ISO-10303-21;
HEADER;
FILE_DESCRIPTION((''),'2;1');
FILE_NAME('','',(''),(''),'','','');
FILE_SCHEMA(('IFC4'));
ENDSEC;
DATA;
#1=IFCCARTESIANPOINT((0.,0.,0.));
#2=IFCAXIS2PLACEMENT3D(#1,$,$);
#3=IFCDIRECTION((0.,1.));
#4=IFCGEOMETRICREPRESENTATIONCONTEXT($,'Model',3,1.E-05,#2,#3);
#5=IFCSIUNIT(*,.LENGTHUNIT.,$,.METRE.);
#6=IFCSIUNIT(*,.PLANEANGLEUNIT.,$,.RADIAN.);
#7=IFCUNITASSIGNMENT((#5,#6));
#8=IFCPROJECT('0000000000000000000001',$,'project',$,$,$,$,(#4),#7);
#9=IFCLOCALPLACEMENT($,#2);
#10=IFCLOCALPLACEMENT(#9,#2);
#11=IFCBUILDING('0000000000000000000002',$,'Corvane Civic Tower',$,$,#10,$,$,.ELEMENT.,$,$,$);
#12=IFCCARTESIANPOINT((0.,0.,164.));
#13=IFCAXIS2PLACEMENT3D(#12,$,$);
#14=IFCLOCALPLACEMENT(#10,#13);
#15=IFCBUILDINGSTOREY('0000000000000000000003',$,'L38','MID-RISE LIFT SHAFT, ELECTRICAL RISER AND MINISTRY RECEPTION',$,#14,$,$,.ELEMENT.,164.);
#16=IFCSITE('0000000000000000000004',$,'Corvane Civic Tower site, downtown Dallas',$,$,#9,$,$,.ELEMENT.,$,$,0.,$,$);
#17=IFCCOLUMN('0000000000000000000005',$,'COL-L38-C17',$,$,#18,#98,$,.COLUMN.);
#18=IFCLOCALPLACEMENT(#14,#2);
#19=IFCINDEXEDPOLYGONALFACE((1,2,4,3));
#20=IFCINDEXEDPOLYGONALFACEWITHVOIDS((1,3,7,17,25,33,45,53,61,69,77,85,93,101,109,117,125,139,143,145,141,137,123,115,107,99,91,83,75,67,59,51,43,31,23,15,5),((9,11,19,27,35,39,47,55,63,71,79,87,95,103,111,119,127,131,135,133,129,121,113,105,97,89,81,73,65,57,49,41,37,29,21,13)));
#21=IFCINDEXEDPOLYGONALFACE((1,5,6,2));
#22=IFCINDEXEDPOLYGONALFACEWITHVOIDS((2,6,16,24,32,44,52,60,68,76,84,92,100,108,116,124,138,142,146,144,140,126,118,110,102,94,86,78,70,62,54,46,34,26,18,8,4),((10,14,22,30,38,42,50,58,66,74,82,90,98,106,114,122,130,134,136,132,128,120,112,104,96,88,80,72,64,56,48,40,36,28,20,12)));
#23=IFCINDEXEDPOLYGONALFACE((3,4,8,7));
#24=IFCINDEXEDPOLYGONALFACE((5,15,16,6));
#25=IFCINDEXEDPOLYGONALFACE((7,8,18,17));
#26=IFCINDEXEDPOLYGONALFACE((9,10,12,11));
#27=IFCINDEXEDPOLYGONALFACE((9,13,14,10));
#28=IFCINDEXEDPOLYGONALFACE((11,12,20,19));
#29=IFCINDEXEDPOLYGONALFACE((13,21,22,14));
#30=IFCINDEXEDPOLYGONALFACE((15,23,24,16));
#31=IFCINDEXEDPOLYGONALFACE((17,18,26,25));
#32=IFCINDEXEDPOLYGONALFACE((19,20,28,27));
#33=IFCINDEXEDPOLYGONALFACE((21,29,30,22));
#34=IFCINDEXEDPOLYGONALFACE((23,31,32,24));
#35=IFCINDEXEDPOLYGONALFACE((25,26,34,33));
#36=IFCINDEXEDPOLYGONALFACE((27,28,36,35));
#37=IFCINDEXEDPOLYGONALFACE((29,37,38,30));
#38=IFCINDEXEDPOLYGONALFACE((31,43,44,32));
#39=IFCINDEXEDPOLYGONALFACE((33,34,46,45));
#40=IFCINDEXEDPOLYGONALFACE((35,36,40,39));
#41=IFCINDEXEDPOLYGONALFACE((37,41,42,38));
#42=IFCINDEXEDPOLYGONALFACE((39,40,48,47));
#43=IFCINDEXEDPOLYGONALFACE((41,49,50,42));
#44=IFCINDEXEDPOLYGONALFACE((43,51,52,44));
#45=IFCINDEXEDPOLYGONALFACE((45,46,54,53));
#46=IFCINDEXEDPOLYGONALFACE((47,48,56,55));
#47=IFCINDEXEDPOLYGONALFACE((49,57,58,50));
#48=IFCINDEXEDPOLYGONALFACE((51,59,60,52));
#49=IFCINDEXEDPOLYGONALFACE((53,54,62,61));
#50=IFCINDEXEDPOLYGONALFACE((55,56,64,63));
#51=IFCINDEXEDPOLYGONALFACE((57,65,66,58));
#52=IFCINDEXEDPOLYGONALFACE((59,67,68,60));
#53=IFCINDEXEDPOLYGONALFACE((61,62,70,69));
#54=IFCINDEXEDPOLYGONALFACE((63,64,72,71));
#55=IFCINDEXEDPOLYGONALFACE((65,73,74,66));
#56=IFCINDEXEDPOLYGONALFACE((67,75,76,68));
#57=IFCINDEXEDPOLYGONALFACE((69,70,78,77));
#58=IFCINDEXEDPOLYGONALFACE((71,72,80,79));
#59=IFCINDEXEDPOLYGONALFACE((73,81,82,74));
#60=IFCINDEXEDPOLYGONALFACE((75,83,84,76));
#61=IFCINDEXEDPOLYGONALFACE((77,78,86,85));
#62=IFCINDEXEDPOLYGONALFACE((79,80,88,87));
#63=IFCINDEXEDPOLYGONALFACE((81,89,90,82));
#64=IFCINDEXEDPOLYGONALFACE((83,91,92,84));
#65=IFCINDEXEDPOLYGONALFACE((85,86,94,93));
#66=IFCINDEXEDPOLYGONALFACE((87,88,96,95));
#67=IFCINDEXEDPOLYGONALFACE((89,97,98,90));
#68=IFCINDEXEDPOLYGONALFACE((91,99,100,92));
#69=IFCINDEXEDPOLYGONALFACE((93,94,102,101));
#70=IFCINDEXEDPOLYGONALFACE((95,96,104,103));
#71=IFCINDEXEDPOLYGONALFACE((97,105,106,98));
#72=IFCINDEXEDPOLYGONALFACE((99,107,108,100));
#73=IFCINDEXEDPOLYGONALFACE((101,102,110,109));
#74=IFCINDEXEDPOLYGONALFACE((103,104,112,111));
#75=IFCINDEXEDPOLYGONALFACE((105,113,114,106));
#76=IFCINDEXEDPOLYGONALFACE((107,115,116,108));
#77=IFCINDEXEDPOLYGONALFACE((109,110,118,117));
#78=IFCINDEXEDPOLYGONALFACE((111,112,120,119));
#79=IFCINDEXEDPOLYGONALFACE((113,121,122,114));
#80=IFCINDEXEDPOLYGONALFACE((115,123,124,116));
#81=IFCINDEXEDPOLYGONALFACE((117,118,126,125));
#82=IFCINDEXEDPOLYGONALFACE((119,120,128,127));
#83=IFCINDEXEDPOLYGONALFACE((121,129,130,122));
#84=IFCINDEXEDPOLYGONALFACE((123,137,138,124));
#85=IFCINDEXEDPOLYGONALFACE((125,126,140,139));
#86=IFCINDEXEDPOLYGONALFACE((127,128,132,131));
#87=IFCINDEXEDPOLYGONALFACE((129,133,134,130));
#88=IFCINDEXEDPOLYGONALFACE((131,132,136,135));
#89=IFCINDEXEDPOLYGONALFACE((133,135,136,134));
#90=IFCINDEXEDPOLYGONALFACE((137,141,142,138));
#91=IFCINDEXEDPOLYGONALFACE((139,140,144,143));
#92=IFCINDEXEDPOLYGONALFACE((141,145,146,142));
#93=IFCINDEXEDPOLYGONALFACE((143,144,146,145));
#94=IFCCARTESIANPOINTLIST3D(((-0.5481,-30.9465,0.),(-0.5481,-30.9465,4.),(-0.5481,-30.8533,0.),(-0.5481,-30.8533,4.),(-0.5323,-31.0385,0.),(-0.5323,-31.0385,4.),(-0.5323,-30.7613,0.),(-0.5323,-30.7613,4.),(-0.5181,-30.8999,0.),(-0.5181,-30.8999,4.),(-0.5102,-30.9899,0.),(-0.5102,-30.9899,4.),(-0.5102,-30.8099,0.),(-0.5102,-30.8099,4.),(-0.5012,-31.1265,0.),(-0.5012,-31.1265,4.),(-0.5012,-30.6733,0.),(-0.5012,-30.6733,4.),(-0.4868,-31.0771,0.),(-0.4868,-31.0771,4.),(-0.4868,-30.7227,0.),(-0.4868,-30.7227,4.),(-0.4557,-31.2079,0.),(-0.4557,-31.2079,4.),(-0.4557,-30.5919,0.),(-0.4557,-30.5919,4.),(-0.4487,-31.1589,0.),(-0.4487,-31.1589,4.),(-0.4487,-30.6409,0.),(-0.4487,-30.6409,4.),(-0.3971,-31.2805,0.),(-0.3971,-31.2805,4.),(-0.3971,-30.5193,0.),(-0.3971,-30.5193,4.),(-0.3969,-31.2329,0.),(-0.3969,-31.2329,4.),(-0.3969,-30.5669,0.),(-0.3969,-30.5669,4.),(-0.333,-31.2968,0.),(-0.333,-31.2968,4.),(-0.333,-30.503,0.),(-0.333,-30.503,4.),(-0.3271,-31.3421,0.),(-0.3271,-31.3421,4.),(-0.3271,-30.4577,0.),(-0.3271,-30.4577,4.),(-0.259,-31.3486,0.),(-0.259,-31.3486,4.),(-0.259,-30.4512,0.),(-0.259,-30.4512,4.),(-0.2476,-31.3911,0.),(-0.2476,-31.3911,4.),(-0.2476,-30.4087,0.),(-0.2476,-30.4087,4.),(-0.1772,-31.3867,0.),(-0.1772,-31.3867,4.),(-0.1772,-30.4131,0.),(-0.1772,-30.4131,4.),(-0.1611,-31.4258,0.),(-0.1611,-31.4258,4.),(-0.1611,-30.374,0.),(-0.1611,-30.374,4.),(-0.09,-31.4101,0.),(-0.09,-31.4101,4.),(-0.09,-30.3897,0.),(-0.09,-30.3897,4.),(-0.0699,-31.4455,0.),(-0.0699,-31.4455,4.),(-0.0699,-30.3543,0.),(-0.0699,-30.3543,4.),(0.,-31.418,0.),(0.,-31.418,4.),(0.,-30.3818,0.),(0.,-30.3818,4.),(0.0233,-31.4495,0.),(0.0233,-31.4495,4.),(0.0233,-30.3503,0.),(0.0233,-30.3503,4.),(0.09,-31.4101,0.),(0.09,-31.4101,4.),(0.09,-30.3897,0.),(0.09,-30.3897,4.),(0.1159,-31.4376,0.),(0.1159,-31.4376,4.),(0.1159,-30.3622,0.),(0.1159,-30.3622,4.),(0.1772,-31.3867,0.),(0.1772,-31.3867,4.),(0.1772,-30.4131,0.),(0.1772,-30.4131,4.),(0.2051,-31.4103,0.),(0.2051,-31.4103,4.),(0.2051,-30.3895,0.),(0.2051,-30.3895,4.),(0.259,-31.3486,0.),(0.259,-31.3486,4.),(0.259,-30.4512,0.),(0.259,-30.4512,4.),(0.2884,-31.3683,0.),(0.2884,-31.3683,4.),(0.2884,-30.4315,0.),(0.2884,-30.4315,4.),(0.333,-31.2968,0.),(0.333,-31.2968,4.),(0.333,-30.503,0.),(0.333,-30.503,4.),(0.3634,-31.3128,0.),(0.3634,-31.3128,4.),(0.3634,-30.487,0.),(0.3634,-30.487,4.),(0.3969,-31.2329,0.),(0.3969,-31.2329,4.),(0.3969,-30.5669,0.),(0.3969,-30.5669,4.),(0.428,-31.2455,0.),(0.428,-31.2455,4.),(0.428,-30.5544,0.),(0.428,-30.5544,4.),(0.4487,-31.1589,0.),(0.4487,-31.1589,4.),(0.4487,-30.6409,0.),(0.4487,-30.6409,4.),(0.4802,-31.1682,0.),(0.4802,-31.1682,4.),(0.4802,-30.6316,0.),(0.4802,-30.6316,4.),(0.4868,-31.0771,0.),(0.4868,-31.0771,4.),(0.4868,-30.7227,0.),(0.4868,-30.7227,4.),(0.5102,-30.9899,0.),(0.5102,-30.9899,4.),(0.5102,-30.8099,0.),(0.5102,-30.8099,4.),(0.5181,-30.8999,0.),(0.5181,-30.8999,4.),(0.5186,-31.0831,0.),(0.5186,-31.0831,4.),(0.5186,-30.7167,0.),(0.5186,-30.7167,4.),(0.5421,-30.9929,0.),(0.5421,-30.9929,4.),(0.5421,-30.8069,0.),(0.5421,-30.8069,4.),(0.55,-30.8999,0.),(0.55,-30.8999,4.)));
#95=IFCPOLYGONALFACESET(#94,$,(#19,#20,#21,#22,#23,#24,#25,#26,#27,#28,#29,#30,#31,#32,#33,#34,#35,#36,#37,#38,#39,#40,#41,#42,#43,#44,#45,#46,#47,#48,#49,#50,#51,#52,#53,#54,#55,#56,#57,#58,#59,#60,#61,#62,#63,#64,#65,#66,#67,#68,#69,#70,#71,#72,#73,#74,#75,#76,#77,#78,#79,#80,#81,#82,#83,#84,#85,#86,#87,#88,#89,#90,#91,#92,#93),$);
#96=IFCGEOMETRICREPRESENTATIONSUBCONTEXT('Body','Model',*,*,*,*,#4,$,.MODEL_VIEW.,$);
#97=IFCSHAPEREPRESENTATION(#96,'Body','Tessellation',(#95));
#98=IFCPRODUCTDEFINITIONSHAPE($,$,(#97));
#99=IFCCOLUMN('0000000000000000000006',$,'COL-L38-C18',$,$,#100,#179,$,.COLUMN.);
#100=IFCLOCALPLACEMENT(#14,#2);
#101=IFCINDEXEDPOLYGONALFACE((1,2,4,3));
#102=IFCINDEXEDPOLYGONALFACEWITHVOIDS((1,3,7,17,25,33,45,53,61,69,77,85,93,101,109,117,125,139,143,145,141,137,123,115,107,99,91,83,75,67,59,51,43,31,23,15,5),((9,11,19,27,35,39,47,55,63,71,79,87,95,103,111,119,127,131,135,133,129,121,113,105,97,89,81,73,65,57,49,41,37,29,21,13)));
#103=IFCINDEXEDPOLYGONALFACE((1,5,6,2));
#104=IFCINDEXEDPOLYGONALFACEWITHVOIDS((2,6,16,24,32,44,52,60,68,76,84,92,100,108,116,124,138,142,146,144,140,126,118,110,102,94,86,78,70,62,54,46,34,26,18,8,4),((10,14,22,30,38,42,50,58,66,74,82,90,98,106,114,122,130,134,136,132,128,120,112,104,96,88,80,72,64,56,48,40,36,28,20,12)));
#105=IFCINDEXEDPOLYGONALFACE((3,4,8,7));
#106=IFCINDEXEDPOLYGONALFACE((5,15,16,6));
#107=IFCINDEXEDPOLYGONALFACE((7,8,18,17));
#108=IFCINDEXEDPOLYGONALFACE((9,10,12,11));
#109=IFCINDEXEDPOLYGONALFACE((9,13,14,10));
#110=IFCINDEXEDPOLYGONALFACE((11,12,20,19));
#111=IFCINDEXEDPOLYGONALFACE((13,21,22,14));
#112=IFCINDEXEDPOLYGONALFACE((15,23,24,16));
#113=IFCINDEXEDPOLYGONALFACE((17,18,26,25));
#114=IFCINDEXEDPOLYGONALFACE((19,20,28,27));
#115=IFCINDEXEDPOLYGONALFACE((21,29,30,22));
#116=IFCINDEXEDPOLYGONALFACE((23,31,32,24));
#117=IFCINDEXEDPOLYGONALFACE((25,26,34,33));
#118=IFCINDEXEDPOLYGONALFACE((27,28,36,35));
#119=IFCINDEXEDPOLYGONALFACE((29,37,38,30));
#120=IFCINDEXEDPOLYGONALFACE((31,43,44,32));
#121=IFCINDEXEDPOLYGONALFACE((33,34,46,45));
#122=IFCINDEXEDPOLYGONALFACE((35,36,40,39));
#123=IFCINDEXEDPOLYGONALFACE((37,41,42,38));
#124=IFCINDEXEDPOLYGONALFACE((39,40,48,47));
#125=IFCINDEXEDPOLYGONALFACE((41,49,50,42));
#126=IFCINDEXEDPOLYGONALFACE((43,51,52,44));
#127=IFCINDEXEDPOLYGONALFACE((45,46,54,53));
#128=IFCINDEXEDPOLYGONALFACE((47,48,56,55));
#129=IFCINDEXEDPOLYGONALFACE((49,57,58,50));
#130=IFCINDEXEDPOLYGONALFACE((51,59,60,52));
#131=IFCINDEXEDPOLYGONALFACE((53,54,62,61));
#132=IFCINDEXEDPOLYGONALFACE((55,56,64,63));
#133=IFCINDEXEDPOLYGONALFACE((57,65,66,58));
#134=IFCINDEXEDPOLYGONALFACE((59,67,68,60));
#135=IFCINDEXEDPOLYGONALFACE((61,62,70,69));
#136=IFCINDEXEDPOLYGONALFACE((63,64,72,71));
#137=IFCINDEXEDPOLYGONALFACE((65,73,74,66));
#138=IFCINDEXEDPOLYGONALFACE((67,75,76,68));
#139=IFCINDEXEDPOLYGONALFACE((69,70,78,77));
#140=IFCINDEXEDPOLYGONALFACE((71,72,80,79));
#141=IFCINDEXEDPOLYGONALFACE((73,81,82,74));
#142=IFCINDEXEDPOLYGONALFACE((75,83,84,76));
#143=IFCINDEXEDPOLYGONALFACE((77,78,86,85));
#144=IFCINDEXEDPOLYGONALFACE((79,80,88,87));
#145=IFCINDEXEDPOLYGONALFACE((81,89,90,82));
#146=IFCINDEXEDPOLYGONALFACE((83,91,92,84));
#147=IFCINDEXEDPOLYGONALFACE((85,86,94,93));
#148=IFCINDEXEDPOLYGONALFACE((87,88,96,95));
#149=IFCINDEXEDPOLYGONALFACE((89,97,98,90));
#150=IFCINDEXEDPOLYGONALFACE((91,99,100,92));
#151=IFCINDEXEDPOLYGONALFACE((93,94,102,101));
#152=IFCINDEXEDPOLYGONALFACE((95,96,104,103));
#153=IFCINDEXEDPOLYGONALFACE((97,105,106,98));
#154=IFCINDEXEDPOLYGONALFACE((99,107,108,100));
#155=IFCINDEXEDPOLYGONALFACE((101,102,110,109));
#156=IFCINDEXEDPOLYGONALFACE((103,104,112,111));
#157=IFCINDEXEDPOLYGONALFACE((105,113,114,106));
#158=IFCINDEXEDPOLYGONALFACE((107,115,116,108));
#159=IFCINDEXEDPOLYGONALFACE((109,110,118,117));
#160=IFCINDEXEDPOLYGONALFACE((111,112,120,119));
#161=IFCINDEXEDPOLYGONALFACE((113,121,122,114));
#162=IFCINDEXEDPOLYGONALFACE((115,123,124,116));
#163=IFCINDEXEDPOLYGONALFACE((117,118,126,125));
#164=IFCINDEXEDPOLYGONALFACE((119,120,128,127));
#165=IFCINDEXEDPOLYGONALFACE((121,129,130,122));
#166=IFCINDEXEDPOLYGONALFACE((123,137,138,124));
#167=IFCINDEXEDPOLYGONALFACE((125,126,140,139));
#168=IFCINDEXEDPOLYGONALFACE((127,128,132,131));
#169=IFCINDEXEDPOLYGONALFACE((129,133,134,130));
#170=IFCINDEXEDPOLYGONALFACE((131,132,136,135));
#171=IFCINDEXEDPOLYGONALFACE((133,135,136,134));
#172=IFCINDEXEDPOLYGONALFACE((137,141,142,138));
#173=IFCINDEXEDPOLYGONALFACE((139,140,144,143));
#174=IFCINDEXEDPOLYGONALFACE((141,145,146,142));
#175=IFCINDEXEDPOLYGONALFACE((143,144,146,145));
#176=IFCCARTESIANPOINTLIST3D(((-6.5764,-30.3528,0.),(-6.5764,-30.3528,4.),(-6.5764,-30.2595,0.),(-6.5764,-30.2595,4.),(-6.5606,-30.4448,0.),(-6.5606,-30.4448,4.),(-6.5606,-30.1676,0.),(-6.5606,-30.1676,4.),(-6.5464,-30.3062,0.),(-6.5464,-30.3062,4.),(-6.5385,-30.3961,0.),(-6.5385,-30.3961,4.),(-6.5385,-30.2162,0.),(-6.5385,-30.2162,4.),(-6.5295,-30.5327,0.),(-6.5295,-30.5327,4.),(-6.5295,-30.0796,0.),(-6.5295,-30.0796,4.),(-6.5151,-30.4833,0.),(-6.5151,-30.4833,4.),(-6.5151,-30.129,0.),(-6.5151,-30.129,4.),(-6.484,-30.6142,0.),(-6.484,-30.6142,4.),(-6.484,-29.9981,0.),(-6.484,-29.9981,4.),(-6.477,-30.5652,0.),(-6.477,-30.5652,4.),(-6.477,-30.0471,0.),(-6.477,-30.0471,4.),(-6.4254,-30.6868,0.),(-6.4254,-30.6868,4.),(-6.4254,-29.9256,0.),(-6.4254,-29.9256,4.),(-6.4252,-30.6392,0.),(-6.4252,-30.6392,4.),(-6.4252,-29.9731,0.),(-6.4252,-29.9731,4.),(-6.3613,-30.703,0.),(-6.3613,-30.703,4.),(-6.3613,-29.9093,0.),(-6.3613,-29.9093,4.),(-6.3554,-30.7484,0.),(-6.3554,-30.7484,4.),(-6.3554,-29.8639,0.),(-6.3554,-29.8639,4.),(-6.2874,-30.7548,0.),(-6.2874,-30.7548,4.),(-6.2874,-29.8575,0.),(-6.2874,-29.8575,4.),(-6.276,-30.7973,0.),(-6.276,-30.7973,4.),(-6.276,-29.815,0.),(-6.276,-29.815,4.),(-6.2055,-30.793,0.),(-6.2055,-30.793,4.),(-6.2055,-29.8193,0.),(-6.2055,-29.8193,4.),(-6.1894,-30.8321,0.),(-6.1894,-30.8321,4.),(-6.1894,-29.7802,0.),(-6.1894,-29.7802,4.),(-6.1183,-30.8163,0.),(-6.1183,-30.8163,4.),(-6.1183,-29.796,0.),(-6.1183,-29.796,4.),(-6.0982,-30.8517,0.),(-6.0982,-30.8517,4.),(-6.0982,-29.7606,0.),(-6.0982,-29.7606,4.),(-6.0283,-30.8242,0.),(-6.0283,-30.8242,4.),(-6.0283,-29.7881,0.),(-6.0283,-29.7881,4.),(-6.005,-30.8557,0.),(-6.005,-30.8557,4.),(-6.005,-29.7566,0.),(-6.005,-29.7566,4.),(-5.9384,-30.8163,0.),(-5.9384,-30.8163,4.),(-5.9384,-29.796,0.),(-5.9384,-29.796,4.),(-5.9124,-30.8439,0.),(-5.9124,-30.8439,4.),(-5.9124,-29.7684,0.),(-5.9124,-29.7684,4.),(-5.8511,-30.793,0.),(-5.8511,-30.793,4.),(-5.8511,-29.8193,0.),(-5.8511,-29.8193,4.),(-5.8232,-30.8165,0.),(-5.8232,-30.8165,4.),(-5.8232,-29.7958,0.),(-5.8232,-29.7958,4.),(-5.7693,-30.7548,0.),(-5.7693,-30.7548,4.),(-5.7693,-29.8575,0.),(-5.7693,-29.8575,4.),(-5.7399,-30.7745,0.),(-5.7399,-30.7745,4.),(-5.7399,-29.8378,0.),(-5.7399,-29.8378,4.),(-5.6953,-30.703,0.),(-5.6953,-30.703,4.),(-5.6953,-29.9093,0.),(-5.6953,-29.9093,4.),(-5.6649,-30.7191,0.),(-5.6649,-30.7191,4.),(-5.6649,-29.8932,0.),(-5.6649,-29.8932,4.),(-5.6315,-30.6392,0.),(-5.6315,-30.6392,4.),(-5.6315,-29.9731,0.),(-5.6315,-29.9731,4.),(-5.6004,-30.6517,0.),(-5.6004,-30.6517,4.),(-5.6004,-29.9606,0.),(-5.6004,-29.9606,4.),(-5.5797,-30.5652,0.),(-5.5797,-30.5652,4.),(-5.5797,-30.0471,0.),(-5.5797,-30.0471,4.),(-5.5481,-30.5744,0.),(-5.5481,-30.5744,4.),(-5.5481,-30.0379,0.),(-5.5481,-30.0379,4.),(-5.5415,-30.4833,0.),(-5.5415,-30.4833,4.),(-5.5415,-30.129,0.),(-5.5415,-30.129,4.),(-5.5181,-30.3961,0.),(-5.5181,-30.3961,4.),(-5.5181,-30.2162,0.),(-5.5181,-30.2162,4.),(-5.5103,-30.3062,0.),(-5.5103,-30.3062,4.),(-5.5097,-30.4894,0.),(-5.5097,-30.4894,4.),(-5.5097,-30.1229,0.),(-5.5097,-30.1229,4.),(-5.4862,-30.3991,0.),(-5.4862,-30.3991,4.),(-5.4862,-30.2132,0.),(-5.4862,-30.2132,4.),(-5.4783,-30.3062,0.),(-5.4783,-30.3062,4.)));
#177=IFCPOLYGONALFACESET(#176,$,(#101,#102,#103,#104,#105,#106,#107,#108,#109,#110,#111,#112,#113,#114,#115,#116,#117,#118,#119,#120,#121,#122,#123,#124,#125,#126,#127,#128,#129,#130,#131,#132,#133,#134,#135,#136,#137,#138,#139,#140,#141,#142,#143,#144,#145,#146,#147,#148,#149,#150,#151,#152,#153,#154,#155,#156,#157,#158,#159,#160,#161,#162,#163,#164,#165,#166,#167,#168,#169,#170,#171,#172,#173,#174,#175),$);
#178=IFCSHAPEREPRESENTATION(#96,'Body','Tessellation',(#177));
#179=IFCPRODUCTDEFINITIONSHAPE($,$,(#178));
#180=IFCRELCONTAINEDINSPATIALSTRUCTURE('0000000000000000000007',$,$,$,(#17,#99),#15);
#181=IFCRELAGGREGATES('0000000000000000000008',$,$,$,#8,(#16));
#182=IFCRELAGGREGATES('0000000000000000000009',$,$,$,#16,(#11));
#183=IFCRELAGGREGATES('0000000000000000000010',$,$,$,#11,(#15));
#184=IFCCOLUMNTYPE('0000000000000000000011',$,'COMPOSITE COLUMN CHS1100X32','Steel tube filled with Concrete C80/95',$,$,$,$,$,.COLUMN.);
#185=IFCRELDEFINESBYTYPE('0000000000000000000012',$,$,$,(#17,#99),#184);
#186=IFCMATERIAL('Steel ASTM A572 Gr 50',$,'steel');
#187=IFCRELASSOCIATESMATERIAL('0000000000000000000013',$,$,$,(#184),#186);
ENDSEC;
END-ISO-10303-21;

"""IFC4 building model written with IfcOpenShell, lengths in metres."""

from ifc_helpers import new_model, si_unit, direction, frame, origin, origin_2d, place, context, subcontext, project, spatial, hollow_circle, extrude, material, material_profile, profile_set, type_object, element, save


model = new_model("IFC4")

# Units and contexts
model_context = context("Model", 3, precision=1e-05, world=origin(), true_north=direction((0.0, 1.0)))
body_context = subcontext(model_context, "Body", "Model", "MODEL_VIEW")
ifc_project = project(units=[si_unit("LENGTHUNIT", "METRE"), si_unit("PLANEANGLEUNIT", "RADIAN")], contexts=[model_context])

# Site, building, storey
site_placement = place(None, origin())
site = spatial("IfcSite", under=ifc_project, at=site_placement, Name="Corvane Civic Tower site, downtown Dallas", CompositionType="ELEMENT", RefElevation=0.0)
building_placement = place(site_placement, origin())
building = spatial("IfcBuilding", under=site, at=building_placement, Name="Corvane Civic Tower", CompositionType="ELEMENT")
storey_placement = place(building_placement, frame((0.0, 0.0, 164.0)))
storey = spatial("IfcBuildingStorey", under=building, at=storey_placement, Name="L38", Description="MID-RISE LIFT SHAFT, ELECTRICAL RISER AND MINISTRY RECEPTION", CompositionType="ELEMENT", Elevation=164.0)

# Columns
ifc_material_1 = material(Name="Steel ASTM A572 Gr 50", Category="steel")
ifc_material_profile_1 = material_profile(ifc_material_1, hollow_circle(Radius=0.55, WallThickness=0.032, at=origin_2d()), Name="CHS1100X32")
ifc_profile_set_1 = profile_set([ifc_material_profile_1], Name="Steel ASTM A572 Gr 50")
column_type = type_object("IfcColumnType", Name="COMPOSITE COLUMN CHS1100X32", Description="Steel tube filled with Concrete C80/95", PredefinedType="COLUMN", material=ifc_profile_set_1)
for number, where, z_axis, x_axis, name in (
    (1, (0.0, -30.8999, 0.0), (0.0, 0.0, 1.0), (1.0, 0.0, 0.0), "COL-L38-C17"),
    (2, (-6.0283, -30.3062, 0.0), (0.0, 0.0, 1.0), (1.0, 0.0, 0.0), "COL-L38-C18"),
):
    element("IfcColumn", number, at=place(storey_placement, frame(where, z_axis=z_axis, x_axis=x_axis)), inside=storey, type_object=column_type, Name=name, PredefinedType="COLUMN", context=body_context, shape_type="SweptSolid", body=[
        extrude(hollow_circle(Radius=0.55, WallThickness=0.032, at=origin_2d()), origin(), (0.0, 0.0, 1.0), 4.0),
    ])

save(model, "model.ifc")
